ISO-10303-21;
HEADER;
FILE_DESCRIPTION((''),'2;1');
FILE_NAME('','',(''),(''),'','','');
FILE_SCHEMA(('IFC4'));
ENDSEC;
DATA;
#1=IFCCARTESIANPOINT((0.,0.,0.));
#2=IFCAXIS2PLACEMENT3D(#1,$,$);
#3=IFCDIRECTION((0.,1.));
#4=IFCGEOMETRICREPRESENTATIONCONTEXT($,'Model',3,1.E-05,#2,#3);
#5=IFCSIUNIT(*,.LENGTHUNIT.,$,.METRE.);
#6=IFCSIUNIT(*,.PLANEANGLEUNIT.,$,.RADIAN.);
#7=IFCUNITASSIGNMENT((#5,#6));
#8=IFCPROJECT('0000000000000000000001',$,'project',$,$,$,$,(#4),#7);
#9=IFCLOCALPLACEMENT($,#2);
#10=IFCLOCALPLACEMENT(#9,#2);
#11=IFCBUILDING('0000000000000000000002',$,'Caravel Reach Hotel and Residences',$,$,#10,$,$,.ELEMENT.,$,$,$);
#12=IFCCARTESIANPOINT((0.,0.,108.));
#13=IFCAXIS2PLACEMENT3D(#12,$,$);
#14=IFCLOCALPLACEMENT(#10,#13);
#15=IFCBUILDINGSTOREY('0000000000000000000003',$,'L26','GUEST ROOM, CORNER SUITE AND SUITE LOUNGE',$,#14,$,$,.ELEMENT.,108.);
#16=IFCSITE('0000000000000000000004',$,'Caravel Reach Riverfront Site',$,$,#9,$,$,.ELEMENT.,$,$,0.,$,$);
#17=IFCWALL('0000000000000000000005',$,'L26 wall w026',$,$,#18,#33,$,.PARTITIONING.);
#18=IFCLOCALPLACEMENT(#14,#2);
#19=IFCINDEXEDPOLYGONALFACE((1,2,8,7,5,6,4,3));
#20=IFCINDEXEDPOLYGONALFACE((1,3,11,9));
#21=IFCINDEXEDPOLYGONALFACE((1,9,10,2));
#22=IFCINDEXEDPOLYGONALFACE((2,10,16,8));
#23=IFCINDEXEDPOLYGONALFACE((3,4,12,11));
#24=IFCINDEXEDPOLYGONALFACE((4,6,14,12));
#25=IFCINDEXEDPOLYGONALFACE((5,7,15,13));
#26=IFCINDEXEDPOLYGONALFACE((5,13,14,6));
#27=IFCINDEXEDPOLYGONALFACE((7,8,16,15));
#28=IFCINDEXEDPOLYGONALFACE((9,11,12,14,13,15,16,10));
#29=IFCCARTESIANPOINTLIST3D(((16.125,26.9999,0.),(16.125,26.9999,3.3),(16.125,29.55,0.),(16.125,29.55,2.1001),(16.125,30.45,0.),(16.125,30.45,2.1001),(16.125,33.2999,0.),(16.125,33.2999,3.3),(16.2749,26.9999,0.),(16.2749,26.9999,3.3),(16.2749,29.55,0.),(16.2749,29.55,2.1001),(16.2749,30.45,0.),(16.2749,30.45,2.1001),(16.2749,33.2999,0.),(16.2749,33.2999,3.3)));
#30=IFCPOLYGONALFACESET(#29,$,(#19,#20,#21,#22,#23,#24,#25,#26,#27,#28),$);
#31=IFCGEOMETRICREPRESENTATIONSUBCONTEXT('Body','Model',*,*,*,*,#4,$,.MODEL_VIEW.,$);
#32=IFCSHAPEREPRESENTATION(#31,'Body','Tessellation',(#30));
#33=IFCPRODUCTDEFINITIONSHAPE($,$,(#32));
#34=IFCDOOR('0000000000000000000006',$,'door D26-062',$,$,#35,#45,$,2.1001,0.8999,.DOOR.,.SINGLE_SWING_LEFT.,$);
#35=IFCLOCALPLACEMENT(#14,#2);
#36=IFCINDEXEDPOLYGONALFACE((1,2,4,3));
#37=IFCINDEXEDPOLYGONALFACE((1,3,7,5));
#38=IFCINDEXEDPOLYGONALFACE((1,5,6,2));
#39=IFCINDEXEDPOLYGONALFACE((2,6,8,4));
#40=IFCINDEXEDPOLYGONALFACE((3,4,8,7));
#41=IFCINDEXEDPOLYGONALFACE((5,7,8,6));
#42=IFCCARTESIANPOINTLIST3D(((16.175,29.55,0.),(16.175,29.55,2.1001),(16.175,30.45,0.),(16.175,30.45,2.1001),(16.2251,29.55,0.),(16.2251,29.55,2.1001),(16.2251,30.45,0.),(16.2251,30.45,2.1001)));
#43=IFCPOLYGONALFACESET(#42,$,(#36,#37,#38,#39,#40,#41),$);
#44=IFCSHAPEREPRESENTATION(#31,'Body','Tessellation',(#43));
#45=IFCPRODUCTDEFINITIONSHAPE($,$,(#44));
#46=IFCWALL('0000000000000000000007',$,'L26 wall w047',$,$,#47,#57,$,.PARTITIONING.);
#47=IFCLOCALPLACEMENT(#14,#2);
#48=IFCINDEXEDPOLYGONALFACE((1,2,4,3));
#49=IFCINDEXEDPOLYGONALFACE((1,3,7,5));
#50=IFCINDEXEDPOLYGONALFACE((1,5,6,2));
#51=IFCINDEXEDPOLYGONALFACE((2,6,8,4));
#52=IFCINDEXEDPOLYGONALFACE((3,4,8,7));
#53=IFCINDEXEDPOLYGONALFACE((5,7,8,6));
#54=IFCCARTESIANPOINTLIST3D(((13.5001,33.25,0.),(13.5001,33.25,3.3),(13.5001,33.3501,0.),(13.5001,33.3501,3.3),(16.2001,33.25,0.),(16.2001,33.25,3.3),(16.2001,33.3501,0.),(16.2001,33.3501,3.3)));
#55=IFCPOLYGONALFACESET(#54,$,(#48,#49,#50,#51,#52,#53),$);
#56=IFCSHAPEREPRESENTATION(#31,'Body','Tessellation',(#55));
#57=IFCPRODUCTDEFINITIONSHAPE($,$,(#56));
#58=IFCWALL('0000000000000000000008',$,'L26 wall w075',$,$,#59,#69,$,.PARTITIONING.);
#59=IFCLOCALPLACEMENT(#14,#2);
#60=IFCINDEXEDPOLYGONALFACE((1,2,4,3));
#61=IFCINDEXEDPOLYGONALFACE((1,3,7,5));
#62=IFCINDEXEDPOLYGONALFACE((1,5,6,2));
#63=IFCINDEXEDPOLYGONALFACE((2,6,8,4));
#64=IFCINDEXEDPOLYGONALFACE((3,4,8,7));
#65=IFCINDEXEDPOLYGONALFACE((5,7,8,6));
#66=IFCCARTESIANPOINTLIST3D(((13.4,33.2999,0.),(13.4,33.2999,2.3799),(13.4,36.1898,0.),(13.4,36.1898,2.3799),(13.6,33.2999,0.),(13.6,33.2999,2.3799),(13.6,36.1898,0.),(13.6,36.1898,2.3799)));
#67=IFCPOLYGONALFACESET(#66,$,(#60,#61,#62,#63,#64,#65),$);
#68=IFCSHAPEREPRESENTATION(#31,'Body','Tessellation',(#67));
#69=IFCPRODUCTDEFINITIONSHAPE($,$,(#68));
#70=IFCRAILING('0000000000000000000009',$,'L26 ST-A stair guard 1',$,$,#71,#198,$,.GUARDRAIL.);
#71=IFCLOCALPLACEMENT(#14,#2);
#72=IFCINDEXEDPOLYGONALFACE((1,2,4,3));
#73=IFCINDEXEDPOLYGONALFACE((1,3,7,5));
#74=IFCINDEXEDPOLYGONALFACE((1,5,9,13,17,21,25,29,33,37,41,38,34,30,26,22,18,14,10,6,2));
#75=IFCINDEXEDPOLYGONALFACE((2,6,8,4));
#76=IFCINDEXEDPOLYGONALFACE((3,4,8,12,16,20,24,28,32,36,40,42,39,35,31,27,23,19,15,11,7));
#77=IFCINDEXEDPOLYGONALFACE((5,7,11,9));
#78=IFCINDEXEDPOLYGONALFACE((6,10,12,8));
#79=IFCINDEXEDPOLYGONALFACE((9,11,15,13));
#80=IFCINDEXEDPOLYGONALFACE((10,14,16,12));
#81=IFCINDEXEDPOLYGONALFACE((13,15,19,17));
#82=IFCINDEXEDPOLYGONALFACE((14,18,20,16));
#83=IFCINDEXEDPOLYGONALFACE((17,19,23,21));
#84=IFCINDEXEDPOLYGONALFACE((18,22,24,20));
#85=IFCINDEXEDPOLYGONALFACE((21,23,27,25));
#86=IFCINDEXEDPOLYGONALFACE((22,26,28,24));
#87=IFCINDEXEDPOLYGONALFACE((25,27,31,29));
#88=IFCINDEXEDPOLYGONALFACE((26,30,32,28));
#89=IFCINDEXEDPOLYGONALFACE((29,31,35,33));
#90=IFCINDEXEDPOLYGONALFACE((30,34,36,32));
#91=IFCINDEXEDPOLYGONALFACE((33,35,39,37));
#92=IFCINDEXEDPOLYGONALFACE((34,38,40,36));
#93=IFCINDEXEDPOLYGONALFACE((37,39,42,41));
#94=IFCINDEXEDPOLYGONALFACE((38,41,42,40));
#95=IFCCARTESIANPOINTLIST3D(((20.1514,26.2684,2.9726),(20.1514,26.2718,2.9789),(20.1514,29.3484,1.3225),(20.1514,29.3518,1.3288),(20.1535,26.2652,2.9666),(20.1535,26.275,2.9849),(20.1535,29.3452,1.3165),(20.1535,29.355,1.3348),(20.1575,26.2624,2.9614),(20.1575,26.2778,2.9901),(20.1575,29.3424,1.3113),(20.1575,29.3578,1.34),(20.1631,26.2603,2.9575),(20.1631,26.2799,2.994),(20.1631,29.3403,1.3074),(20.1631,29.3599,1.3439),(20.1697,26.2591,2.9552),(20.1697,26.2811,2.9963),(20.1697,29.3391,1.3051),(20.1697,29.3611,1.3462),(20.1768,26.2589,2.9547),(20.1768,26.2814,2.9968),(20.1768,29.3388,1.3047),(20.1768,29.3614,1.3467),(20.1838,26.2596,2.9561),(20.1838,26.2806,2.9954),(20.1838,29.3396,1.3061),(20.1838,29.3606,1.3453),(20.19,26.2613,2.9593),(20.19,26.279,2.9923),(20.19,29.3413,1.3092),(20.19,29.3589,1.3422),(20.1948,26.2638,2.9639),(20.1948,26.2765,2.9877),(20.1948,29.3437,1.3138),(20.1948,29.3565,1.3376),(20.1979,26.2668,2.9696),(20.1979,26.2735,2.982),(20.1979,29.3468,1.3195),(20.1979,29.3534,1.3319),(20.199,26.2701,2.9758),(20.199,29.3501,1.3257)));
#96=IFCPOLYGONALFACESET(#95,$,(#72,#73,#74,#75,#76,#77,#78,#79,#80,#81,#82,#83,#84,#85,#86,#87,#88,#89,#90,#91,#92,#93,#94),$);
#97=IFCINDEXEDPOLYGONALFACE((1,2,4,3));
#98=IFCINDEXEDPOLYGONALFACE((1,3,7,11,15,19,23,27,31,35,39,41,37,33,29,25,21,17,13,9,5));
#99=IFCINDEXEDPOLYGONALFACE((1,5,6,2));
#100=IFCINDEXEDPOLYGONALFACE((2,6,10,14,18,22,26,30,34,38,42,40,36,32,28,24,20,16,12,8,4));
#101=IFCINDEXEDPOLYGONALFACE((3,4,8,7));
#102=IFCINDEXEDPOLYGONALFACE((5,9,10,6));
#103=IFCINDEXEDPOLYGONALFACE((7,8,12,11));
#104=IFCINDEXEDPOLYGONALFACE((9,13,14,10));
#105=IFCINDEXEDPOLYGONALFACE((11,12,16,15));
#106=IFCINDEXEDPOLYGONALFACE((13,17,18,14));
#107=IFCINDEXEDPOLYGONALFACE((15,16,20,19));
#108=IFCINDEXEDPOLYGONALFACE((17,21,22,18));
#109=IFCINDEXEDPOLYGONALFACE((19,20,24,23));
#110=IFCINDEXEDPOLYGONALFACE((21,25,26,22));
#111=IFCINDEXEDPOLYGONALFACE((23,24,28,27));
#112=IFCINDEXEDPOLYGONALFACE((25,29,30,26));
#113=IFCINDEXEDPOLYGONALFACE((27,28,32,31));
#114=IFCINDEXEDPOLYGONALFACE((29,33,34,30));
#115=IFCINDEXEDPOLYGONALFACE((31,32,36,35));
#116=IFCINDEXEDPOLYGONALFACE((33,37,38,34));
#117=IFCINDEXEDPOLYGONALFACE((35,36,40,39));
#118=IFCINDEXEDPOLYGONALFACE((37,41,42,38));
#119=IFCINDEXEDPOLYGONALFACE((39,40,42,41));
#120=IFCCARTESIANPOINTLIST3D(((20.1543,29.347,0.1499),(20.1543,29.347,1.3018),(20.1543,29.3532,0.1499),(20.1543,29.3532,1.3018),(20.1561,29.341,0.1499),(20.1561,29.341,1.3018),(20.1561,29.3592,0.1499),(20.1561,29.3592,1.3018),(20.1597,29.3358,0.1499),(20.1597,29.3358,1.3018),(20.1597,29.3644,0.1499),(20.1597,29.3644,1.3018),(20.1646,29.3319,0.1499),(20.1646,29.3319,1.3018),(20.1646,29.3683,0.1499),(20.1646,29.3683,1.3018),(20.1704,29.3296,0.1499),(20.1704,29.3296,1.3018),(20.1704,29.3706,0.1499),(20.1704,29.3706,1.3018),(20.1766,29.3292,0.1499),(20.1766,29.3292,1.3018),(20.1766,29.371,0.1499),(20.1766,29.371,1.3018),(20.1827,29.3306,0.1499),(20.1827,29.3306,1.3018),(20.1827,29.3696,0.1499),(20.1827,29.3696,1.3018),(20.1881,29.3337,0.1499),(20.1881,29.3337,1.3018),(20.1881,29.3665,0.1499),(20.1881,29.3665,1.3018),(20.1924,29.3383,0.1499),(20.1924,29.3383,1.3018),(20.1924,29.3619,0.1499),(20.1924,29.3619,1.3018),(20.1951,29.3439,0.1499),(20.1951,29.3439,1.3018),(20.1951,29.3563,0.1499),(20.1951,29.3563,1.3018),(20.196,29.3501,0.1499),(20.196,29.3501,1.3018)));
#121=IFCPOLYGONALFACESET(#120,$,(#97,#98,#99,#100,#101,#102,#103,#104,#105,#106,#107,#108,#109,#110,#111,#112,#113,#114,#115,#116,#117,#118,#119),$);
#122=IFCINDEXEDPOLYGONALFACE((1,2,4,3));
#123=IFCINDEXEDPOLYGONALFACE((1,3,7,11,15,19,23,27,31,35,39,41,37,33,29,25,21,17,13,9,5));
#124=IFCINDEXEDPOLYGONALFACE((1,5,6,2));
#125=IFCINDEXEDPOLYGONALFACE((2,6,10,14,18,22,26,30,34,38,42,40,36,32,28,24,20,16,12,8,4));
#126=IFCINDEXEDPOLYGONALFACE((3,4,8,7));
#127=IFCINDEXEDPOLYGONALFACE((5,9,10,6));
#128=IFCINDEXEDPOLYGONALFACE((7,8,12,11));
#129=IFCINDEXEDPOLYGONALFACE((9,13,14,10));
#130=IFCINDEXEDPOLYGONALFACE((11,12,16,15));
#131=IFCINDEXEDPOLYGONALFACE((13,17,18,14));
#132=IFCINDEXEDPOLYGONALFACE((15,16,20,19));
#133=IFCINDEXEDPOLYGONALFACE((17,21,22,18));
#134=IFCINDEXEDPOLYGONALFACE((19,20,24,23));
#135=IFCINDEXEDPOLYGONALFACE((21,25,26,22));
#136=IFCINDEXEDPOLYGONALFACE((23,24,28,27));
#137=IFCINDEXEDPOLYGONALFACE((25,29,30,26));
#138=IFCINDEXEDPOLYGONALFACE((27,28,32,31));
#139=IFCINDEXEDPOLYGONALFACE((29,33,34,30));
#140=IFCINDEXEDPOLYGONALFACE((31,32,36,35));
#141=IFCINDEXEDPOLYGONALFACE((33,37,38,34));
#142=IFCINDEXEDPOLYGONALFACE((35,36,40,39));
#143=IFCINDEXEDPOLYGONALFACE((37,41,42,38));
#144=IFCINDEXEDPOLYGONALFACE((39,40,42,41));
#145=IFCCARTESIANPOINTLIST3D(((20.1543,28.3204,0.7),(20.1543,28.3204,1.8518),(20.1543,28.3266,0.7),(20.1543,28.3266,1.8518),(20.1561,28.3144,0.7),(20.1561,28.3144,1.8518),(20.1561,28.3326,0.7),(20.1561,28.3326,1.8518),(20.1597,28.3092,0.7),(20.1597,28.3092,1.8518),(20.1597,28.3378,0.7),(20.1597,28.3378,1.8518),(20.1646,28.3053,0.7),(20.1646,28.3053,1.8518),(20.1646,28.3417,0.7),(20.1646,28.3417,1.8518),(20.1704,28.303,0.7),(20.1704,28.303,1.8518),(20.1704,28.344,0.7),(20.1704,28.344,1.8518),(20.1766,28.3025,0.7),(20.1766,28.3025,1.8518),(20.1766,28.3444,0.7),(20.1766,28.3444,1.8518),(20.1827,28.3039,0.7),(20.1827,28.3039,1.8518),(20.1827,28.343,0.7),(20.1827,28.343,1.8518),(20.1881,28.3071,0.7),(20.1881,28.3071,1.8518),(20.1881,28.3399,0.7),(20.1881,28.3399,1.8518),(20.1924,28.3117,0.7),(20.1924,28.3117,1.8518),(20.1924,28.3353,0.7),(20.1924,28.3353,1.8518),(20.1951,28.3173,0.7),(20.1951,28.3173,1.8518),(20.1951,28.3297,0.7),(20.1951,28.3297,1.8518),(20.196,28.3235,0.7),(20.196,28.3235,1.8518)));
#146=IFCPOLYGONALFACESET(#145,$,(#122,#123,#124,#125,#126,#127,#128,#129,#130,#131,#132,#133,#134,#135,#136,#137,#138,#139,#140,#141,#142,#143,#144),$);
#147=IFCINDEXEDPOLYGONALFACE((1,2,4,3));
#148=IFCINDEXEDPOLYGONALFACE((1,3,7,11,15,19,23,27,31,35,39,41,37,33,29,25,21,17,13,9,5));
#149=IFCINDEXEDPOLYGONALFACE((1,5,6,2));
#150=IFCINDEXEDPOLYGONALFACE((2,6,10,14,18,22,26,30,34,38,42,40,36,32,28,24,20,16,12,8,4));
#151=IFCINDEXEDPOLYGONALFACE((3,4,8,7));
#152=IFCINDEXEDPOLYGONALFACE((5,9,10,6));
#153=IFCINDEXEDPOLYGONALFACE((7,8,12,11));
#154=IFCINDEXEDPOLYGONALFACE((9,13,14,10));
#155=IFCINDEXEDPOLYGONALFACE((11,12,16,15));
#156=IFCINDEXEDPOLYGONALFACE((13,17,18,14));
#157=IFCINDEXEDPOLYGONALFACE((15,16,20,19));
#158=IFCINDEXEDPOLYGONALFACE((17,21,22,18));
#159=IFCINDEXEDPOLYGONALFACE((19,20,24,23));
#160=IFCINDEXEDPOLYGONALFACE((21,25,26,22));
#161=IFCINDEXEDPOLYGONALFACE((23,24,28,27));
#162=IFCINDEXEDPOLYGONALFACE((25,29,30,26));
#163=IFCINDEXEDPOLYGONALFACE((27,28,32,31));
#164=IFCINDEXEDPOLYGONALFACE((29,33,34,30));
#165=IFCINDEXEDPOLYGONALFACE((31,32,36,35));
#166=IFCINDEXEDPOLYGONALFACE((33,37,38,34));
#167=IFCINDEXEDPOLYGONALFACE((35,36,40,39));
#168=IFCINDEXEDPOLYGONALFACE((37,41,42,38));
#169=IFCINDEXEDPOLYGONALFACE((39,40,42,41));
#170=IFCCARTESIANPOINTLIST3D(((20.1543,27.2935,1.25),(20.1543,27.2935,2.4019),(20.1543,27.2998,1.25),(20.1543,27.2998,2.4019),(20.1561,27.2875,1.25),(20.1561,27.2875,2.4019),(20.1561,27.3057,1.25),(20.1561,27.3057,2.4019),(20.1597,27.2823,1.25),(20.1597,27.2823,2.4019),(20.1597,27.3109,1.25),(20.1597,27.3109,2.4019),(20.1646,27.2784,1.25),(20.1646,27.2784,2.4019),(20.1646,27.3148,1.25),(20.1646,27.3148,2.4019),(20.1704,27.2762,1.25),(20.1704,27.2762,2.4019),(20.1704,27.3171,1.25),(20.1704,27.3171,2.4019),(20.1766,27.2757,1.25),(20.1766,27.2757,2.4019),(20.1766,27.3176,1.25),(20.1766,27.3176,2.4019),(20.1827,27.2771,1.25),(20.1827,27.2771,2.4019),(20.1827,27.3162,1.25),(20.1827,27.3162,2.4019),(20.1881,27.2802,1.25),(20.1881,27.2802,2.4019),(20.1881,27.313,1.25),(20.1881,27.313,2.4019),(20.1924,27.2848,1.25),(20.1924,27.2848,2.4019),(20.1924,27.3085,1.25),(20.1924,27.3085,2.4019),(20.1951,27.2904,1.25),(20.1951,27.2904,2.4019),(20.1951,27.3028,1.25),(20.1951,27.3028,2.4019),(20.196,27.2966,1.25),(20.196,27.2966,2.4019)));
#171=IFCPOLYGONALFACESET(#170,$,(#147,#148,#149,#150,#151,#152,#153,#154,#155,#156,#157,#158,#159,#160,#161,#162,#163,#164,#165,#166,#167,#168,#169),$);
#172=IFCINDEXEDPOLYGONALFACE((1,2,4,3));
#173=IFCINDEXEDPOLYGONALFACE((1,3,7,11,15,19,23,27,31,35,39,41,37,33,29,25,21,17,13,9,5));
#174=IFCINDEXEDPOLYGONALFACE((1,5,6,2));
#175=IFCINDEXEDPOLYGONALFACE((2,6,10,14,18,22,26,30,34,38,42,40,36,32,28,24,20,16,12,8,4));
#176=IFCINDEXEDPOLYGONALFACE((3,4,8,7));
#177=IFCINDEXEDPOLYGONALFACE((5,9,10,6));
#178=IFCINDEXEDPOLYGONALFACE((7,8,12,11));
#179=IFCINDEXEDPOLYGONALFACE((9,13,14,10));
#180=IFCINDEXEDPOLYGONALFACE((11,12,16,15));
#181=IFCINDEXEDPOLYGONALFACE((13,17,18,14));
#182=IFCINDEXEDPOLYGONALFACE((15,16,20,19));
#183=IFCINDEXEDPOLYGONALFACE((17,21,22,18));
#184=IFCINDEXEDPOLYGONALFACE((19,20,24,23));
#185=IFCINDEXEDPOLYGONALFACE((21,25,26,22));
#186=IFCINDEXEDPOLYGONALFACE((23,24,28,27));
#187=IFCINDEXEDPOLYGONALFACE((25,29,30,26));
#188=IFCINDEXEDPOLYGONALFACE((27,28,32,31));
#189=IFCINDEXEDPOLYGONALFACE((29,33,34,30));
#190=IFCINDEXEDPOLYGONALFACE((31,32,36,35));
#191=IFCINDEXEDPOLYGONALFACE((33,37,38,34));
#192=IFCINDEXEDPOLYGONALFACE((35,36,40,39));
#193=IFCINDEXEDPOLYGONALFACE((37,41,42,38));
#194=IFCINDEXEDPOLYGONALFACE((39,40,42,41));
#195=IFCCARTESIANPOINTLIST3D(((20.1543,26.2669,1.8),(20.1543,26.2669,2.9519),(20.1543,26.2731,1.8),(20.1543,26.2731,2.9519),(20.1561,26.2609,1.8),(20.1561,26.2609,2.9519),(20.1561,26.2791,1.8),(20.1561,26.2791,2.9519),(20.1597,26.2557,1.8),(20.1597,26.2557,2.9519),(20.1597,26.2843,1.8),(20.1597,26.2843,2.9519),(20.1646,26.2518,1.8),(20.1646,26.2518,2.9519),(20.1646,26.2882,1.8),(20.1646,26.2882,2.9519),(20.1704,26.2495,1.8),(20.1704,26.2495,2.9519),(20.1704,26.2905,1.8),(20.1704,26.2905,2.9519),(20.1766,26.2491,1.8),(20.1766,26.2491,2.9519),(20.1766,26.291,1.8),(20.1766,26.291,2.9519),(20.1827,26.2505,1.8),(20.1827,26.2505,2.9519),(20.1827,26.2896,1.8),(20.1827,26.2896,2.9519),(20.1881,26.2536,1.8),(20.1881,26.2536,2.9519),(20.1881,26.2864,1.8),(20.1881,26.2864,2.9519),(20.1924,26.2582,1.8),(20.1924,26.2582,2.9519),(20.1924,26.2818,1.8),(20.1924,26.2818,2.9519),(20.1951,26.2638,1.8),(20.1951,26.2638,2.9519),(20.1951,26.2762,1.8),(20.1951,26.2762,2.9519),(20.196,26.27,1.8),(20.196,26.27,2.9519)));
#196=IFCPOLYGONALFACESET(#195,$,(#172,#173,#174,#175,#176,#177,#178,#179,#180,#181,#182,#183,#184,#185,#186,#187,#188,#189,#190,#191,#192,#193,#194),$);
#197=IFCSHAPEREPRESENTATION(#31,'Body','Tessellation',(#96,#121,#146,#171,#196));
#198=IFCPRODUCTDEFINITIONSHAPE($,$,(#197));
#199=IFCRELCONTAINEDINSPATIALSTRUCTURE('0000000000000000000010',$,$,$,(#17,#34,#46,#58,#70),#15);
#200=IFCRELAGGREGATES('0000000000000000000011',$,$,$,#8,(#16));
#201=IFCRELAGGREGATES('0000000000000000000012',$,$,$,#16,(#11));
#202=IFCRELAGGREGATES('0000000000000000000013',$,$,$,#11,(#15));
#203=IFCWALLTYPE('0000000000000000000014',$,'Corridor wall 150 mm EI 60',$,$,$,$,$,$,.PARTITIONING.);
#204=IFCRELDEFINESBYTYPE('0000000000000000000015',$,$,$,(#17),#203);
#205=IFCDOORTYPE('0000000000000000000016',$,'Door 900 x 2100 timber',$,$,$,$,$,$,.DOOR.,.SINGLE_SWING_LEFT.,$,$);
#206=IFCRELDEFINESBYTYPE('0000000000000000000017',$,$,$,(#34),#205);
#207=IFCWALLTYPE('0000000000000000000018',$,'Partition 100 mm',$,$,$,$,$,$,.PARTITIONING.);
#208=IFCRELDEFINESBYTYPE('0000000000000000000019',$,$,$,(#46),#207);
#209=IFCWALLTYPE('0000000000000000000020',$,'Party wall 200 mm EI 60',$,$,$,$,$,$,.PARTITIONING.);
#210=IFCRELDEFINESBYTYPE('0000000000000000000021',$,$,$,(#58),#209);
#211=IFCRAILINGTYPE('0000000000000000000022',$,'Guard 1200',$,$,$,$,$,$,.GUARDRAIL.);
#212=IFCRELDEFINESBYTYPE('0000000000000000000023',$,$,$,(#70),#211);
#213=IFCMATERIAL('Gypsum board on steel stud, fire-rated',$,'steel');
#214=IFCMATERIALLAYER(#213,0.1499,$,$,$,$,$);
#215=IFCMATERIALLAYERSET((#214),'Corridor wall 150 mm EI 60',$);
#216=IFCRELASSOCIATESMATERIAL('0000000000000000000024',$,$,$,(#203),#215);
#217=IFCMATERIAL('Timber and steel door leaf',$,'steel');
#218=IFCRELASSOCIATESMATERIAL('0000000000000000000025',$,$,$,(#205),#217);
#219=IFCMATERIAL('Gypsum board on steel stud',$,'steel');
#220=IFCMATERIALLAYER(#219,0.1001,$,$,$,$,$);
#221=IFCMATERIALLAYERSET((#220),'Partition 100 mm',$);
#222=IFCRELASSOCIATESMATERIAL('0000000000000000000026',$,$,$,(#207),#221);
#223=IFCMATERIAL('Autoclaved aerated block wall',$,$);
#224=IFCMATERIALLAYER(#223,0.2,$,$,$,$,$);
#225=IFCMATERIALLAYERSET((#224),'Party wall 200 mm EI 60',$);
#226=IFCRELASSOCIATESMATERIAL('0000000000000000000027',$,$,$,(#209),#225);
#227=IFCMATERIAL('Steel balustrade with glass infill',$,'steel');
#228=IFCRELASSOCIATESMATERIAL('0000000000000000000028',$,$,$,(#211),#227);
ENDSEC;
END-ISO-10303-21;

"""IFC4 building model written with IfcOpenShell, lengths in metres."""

from ifc_helpers import new_model, si_unit, direction, frame, frame_2d, origin, origin_2d, place, context, subcontext, project, spatial, rectangle, circle, extrude, material, layer, layer_set, type_object, element, fill, save


model = new_model("IFC4")

# Units and contexts
model_context = context("Model", 3, precision=1e-05, world=origin(), true_north=direction((0.0, 1.0)))
body_context = subcontext(model_context, "Body", "Model", "MODEL_VIEW")
ifc_project = project(units=[si_unit("LENGTHUNIT", "METRE"), si_unit("PLANEANGLEUNIT", "RADIAN")], contexts=[model_context])

# Site, building, storey
site_placement = place(None, origin())
site = spatial("IfcSite", under=ifc_project, at=site_placement, Name="Caravel Reach Riverfront Site", CompositionType="ELEMENT", RefElevation=0.0)
building_placement = place(site_placement, origin())
building = spatial("IfcBuilding", under=site, at=building_placement, Name="Caravel Reach Hotel and Residences", CompositionType="ELEMENT")
storey_placement = place(building_placement, frame((0.0, 0.0, 108.0)))
storey = spatial("IfcBuildingStorey", under=building, at=storey_placement, Name="L26", Description="GUEST ROOM, CORNER SUITE AND SUITE LOUNGE", CompositionType="ELEMENT", Elevation=108.0)

# Shared definitions
ifc_material_1 = material(Name="Gypsum board on steel stud, fire-rated", Category="steel")
ifc_layer_1 = layer(ifc_material_1, 0.1499)
ifc_layer_set_1 = layer_set([ifc_layer_1], Name="Corridor wall 150 mm EI 60")
wall_type_1 = type_object("IfcWallType", Name="Corridor wall 150 mm EI 60", PredefinedType="PARTITIONING", material=ifc_layer_set_1)
ifc_material_2 = material(Name="Timber and steel door leaf", Category="steel")
door_type_1 = type_object("IfcDoorType", Name="Door 900 x 2100 timber", OperationType="SINGLE_SWING_LEFT", PredefinedType="DOOR", material=ifc_material_2)

# Wall, opening, door
wall_1_placement = place(storey_placement, frame((16.2, 27.0, 0.0), z_axis=(0.0, 0.0, 1.0), x_axis=(0.0, 1.0, 0.0)))
wall_1 = element("IfcWall", 1, at=wall_1_placement, inside=storey, type_object=wall_type_1, Name="L26 wall w026", PredefinedType="PARTITIONING", context=body_context, shape_type="SweptSolid", body=[
    extrude(rectangle(XDim=6.3, YDim=0.1499, at=frame_2d((3.1499, 0.0))), origin(), (0.0, 0.0, 1.0), 3.3),
])
opening_1_placement = place(wall_1_placement, frame((2.55, 0.0, 0.0)))
opening_1 = element("IfcOpeningElement", 2, at=opening_1_placement, cuts=wall_1, PredefinedType="OPENING", context=body_context, shape_type="SweptSolid", body=[
    extrude(rectangle(XDim=0.8999, YDim=2.1001, at=frame_2d((0.45, 1.05))), frame((0.0, 0.085, 0.0), z_axis=(0.0, -1.0, 0.0), x_axis=(1.0, 0.0, 0.0)), (0.0, 0.0, 1.0), 0.1699),
])
door_1_placement = place(opening_1_placement, origin())
door_1 = element("IfcDoor", 3, at=door_1_placement, inside=storey, type_object=door_type_1, Name="door D26-062", OperationType="SINGLE_SWING_LEFT", OverallHeight=2.1001, OverallWidth=0.8999, PredefinedType="DOOR", context=body_context, shape_type="SweptSolid", body=[
    extrude(rectangle(XDim=0.8999, YDim=2.1001, at=frame_2d((0.45, 1.05))), frame((0.0, 0.0249, 0.0), z_axis=(0.0, -1.0, 0.0), x_axis=(1.0, 0.0, 0.0)), (0.0, 0.0, 1.0), 0.05),
])
fill(opening_1, door_1)

# Walls
ifc_material_3 = material(Name="Gypsum board on steel stud", Category="steel")
ifc_layer_2 = layer(ifc_material_3, 0.1001)
ifc_layer_set_2 = layer_set([ifc_layer_2], Name="Partition 100 mm")
wall_type_2 = type_object("IfcWallType", Name="Partition 100 mm", PredefinedType="PARTITIONING", material=ifc_layer_set_2)
wall_2_placement = place(storey_placement, frame((13.5, 33.3, 0.0), z_axis=(0.0, 0.0, 1.0), x_axis=(1.0, 0.0, 0.0)))
element("IfcWall", 4, at=wall_2_placement, inside=storey, type_object=wall_type_2, Name="L26 wall w047", PredefinedType="PARTITIONING", context=body_context, shape_type="SweptSolid", body=[
    extrude(rectangle(XDim=2.7, YDim=0.1001, at=frame_2d((1.3501, 0.0))), origin(), (0.0, 0.0, 1.0), 3.3),
])
ifc_material_4 = material(Name="Autoclaved aerated block wall")
ifc_layer_3 = layer(ifc_material_4, 0.2)
ifc_layer_set_3 = layer_set([ifc_layer_3], Name="Party wall 200 mm EI 60")
wall_type_3 = type_object("IfcWallType", Name="Party wall 200 mm EI 60", PredefinedType="PARTITIONING", material=ifc_layer_set_3)
wall_3_placement = place(storey_placement, frame((13.5, 33.3, 0.0), z_axis=(0.0, 0.0, 1.0), x_axis=(0.0, 1.0, 0.0)))
element("IfcWall", 5, at=wall_3_placement, inside=storey, type_object=wall_type_3, Name="L26 wall w075", PredefinedType="PARTITIONING", context=body_context, shape_type="SweptSolid", body=[
    extrude(rectangle(XDim=2.8899, YDim=0.2, at=frame_2d((1.4448, 0.0))), origin(), (0.0, 0.0, 1.0), 2.3799),
])

# Railing
ifc_material_5 = material(Name="Steel balustrade with glass infill", Category="steel")
railing_type_1 = type_object("IfcRailingType", Name="Guard 1200", PredefinedType="GUARDRAIL", material=ifc_material_5)
railing_1_placement = place(storey_placement, frame((20.175, 29.3501, 0.1499)))
element("IfcRailing", 6, at=railing_1_placement, inside=storey, type_object=railing_type_1, Name="L26 ST-A stair guard 1", PredefinedType="GUARDRAIL", context=body_context, shape_type="SweptSolid", body=[
    extrude(circle(Radius=0.0239, at=origin_2d()), frame((0.0, 0.0, 1.1758), z_axis=(0.0, -0.881468, 0.472245), x_axis=(1.0, 0.0, 0.0)), (0.0, 0.0, 1.0), 3.4941),
    extrude(circle(Radius=0.021, at=origin_2d()), origin(), (0.0, 0.0, 1.0), 1.1519),
    extrude(circle(Radius=0.021, at=origin_2d()), frame((0.0, -1.0266, 0.55)), (0.0, 0.0, 1.0), 1.1519),
    extrude(circle(Radius=0.021, at=origin_2d()), frame((0.0, -2.0535, 1.1001)), (0.0, 0.0, 1.0), 1.1519),
    extrude(circle(Radius=0.021, at=origin_2d()), frame((0.0, -3.0801, 1.6501)), (0.0, 0.0, 1.0), 1.1519),
])

save(model, "model.ifc")
